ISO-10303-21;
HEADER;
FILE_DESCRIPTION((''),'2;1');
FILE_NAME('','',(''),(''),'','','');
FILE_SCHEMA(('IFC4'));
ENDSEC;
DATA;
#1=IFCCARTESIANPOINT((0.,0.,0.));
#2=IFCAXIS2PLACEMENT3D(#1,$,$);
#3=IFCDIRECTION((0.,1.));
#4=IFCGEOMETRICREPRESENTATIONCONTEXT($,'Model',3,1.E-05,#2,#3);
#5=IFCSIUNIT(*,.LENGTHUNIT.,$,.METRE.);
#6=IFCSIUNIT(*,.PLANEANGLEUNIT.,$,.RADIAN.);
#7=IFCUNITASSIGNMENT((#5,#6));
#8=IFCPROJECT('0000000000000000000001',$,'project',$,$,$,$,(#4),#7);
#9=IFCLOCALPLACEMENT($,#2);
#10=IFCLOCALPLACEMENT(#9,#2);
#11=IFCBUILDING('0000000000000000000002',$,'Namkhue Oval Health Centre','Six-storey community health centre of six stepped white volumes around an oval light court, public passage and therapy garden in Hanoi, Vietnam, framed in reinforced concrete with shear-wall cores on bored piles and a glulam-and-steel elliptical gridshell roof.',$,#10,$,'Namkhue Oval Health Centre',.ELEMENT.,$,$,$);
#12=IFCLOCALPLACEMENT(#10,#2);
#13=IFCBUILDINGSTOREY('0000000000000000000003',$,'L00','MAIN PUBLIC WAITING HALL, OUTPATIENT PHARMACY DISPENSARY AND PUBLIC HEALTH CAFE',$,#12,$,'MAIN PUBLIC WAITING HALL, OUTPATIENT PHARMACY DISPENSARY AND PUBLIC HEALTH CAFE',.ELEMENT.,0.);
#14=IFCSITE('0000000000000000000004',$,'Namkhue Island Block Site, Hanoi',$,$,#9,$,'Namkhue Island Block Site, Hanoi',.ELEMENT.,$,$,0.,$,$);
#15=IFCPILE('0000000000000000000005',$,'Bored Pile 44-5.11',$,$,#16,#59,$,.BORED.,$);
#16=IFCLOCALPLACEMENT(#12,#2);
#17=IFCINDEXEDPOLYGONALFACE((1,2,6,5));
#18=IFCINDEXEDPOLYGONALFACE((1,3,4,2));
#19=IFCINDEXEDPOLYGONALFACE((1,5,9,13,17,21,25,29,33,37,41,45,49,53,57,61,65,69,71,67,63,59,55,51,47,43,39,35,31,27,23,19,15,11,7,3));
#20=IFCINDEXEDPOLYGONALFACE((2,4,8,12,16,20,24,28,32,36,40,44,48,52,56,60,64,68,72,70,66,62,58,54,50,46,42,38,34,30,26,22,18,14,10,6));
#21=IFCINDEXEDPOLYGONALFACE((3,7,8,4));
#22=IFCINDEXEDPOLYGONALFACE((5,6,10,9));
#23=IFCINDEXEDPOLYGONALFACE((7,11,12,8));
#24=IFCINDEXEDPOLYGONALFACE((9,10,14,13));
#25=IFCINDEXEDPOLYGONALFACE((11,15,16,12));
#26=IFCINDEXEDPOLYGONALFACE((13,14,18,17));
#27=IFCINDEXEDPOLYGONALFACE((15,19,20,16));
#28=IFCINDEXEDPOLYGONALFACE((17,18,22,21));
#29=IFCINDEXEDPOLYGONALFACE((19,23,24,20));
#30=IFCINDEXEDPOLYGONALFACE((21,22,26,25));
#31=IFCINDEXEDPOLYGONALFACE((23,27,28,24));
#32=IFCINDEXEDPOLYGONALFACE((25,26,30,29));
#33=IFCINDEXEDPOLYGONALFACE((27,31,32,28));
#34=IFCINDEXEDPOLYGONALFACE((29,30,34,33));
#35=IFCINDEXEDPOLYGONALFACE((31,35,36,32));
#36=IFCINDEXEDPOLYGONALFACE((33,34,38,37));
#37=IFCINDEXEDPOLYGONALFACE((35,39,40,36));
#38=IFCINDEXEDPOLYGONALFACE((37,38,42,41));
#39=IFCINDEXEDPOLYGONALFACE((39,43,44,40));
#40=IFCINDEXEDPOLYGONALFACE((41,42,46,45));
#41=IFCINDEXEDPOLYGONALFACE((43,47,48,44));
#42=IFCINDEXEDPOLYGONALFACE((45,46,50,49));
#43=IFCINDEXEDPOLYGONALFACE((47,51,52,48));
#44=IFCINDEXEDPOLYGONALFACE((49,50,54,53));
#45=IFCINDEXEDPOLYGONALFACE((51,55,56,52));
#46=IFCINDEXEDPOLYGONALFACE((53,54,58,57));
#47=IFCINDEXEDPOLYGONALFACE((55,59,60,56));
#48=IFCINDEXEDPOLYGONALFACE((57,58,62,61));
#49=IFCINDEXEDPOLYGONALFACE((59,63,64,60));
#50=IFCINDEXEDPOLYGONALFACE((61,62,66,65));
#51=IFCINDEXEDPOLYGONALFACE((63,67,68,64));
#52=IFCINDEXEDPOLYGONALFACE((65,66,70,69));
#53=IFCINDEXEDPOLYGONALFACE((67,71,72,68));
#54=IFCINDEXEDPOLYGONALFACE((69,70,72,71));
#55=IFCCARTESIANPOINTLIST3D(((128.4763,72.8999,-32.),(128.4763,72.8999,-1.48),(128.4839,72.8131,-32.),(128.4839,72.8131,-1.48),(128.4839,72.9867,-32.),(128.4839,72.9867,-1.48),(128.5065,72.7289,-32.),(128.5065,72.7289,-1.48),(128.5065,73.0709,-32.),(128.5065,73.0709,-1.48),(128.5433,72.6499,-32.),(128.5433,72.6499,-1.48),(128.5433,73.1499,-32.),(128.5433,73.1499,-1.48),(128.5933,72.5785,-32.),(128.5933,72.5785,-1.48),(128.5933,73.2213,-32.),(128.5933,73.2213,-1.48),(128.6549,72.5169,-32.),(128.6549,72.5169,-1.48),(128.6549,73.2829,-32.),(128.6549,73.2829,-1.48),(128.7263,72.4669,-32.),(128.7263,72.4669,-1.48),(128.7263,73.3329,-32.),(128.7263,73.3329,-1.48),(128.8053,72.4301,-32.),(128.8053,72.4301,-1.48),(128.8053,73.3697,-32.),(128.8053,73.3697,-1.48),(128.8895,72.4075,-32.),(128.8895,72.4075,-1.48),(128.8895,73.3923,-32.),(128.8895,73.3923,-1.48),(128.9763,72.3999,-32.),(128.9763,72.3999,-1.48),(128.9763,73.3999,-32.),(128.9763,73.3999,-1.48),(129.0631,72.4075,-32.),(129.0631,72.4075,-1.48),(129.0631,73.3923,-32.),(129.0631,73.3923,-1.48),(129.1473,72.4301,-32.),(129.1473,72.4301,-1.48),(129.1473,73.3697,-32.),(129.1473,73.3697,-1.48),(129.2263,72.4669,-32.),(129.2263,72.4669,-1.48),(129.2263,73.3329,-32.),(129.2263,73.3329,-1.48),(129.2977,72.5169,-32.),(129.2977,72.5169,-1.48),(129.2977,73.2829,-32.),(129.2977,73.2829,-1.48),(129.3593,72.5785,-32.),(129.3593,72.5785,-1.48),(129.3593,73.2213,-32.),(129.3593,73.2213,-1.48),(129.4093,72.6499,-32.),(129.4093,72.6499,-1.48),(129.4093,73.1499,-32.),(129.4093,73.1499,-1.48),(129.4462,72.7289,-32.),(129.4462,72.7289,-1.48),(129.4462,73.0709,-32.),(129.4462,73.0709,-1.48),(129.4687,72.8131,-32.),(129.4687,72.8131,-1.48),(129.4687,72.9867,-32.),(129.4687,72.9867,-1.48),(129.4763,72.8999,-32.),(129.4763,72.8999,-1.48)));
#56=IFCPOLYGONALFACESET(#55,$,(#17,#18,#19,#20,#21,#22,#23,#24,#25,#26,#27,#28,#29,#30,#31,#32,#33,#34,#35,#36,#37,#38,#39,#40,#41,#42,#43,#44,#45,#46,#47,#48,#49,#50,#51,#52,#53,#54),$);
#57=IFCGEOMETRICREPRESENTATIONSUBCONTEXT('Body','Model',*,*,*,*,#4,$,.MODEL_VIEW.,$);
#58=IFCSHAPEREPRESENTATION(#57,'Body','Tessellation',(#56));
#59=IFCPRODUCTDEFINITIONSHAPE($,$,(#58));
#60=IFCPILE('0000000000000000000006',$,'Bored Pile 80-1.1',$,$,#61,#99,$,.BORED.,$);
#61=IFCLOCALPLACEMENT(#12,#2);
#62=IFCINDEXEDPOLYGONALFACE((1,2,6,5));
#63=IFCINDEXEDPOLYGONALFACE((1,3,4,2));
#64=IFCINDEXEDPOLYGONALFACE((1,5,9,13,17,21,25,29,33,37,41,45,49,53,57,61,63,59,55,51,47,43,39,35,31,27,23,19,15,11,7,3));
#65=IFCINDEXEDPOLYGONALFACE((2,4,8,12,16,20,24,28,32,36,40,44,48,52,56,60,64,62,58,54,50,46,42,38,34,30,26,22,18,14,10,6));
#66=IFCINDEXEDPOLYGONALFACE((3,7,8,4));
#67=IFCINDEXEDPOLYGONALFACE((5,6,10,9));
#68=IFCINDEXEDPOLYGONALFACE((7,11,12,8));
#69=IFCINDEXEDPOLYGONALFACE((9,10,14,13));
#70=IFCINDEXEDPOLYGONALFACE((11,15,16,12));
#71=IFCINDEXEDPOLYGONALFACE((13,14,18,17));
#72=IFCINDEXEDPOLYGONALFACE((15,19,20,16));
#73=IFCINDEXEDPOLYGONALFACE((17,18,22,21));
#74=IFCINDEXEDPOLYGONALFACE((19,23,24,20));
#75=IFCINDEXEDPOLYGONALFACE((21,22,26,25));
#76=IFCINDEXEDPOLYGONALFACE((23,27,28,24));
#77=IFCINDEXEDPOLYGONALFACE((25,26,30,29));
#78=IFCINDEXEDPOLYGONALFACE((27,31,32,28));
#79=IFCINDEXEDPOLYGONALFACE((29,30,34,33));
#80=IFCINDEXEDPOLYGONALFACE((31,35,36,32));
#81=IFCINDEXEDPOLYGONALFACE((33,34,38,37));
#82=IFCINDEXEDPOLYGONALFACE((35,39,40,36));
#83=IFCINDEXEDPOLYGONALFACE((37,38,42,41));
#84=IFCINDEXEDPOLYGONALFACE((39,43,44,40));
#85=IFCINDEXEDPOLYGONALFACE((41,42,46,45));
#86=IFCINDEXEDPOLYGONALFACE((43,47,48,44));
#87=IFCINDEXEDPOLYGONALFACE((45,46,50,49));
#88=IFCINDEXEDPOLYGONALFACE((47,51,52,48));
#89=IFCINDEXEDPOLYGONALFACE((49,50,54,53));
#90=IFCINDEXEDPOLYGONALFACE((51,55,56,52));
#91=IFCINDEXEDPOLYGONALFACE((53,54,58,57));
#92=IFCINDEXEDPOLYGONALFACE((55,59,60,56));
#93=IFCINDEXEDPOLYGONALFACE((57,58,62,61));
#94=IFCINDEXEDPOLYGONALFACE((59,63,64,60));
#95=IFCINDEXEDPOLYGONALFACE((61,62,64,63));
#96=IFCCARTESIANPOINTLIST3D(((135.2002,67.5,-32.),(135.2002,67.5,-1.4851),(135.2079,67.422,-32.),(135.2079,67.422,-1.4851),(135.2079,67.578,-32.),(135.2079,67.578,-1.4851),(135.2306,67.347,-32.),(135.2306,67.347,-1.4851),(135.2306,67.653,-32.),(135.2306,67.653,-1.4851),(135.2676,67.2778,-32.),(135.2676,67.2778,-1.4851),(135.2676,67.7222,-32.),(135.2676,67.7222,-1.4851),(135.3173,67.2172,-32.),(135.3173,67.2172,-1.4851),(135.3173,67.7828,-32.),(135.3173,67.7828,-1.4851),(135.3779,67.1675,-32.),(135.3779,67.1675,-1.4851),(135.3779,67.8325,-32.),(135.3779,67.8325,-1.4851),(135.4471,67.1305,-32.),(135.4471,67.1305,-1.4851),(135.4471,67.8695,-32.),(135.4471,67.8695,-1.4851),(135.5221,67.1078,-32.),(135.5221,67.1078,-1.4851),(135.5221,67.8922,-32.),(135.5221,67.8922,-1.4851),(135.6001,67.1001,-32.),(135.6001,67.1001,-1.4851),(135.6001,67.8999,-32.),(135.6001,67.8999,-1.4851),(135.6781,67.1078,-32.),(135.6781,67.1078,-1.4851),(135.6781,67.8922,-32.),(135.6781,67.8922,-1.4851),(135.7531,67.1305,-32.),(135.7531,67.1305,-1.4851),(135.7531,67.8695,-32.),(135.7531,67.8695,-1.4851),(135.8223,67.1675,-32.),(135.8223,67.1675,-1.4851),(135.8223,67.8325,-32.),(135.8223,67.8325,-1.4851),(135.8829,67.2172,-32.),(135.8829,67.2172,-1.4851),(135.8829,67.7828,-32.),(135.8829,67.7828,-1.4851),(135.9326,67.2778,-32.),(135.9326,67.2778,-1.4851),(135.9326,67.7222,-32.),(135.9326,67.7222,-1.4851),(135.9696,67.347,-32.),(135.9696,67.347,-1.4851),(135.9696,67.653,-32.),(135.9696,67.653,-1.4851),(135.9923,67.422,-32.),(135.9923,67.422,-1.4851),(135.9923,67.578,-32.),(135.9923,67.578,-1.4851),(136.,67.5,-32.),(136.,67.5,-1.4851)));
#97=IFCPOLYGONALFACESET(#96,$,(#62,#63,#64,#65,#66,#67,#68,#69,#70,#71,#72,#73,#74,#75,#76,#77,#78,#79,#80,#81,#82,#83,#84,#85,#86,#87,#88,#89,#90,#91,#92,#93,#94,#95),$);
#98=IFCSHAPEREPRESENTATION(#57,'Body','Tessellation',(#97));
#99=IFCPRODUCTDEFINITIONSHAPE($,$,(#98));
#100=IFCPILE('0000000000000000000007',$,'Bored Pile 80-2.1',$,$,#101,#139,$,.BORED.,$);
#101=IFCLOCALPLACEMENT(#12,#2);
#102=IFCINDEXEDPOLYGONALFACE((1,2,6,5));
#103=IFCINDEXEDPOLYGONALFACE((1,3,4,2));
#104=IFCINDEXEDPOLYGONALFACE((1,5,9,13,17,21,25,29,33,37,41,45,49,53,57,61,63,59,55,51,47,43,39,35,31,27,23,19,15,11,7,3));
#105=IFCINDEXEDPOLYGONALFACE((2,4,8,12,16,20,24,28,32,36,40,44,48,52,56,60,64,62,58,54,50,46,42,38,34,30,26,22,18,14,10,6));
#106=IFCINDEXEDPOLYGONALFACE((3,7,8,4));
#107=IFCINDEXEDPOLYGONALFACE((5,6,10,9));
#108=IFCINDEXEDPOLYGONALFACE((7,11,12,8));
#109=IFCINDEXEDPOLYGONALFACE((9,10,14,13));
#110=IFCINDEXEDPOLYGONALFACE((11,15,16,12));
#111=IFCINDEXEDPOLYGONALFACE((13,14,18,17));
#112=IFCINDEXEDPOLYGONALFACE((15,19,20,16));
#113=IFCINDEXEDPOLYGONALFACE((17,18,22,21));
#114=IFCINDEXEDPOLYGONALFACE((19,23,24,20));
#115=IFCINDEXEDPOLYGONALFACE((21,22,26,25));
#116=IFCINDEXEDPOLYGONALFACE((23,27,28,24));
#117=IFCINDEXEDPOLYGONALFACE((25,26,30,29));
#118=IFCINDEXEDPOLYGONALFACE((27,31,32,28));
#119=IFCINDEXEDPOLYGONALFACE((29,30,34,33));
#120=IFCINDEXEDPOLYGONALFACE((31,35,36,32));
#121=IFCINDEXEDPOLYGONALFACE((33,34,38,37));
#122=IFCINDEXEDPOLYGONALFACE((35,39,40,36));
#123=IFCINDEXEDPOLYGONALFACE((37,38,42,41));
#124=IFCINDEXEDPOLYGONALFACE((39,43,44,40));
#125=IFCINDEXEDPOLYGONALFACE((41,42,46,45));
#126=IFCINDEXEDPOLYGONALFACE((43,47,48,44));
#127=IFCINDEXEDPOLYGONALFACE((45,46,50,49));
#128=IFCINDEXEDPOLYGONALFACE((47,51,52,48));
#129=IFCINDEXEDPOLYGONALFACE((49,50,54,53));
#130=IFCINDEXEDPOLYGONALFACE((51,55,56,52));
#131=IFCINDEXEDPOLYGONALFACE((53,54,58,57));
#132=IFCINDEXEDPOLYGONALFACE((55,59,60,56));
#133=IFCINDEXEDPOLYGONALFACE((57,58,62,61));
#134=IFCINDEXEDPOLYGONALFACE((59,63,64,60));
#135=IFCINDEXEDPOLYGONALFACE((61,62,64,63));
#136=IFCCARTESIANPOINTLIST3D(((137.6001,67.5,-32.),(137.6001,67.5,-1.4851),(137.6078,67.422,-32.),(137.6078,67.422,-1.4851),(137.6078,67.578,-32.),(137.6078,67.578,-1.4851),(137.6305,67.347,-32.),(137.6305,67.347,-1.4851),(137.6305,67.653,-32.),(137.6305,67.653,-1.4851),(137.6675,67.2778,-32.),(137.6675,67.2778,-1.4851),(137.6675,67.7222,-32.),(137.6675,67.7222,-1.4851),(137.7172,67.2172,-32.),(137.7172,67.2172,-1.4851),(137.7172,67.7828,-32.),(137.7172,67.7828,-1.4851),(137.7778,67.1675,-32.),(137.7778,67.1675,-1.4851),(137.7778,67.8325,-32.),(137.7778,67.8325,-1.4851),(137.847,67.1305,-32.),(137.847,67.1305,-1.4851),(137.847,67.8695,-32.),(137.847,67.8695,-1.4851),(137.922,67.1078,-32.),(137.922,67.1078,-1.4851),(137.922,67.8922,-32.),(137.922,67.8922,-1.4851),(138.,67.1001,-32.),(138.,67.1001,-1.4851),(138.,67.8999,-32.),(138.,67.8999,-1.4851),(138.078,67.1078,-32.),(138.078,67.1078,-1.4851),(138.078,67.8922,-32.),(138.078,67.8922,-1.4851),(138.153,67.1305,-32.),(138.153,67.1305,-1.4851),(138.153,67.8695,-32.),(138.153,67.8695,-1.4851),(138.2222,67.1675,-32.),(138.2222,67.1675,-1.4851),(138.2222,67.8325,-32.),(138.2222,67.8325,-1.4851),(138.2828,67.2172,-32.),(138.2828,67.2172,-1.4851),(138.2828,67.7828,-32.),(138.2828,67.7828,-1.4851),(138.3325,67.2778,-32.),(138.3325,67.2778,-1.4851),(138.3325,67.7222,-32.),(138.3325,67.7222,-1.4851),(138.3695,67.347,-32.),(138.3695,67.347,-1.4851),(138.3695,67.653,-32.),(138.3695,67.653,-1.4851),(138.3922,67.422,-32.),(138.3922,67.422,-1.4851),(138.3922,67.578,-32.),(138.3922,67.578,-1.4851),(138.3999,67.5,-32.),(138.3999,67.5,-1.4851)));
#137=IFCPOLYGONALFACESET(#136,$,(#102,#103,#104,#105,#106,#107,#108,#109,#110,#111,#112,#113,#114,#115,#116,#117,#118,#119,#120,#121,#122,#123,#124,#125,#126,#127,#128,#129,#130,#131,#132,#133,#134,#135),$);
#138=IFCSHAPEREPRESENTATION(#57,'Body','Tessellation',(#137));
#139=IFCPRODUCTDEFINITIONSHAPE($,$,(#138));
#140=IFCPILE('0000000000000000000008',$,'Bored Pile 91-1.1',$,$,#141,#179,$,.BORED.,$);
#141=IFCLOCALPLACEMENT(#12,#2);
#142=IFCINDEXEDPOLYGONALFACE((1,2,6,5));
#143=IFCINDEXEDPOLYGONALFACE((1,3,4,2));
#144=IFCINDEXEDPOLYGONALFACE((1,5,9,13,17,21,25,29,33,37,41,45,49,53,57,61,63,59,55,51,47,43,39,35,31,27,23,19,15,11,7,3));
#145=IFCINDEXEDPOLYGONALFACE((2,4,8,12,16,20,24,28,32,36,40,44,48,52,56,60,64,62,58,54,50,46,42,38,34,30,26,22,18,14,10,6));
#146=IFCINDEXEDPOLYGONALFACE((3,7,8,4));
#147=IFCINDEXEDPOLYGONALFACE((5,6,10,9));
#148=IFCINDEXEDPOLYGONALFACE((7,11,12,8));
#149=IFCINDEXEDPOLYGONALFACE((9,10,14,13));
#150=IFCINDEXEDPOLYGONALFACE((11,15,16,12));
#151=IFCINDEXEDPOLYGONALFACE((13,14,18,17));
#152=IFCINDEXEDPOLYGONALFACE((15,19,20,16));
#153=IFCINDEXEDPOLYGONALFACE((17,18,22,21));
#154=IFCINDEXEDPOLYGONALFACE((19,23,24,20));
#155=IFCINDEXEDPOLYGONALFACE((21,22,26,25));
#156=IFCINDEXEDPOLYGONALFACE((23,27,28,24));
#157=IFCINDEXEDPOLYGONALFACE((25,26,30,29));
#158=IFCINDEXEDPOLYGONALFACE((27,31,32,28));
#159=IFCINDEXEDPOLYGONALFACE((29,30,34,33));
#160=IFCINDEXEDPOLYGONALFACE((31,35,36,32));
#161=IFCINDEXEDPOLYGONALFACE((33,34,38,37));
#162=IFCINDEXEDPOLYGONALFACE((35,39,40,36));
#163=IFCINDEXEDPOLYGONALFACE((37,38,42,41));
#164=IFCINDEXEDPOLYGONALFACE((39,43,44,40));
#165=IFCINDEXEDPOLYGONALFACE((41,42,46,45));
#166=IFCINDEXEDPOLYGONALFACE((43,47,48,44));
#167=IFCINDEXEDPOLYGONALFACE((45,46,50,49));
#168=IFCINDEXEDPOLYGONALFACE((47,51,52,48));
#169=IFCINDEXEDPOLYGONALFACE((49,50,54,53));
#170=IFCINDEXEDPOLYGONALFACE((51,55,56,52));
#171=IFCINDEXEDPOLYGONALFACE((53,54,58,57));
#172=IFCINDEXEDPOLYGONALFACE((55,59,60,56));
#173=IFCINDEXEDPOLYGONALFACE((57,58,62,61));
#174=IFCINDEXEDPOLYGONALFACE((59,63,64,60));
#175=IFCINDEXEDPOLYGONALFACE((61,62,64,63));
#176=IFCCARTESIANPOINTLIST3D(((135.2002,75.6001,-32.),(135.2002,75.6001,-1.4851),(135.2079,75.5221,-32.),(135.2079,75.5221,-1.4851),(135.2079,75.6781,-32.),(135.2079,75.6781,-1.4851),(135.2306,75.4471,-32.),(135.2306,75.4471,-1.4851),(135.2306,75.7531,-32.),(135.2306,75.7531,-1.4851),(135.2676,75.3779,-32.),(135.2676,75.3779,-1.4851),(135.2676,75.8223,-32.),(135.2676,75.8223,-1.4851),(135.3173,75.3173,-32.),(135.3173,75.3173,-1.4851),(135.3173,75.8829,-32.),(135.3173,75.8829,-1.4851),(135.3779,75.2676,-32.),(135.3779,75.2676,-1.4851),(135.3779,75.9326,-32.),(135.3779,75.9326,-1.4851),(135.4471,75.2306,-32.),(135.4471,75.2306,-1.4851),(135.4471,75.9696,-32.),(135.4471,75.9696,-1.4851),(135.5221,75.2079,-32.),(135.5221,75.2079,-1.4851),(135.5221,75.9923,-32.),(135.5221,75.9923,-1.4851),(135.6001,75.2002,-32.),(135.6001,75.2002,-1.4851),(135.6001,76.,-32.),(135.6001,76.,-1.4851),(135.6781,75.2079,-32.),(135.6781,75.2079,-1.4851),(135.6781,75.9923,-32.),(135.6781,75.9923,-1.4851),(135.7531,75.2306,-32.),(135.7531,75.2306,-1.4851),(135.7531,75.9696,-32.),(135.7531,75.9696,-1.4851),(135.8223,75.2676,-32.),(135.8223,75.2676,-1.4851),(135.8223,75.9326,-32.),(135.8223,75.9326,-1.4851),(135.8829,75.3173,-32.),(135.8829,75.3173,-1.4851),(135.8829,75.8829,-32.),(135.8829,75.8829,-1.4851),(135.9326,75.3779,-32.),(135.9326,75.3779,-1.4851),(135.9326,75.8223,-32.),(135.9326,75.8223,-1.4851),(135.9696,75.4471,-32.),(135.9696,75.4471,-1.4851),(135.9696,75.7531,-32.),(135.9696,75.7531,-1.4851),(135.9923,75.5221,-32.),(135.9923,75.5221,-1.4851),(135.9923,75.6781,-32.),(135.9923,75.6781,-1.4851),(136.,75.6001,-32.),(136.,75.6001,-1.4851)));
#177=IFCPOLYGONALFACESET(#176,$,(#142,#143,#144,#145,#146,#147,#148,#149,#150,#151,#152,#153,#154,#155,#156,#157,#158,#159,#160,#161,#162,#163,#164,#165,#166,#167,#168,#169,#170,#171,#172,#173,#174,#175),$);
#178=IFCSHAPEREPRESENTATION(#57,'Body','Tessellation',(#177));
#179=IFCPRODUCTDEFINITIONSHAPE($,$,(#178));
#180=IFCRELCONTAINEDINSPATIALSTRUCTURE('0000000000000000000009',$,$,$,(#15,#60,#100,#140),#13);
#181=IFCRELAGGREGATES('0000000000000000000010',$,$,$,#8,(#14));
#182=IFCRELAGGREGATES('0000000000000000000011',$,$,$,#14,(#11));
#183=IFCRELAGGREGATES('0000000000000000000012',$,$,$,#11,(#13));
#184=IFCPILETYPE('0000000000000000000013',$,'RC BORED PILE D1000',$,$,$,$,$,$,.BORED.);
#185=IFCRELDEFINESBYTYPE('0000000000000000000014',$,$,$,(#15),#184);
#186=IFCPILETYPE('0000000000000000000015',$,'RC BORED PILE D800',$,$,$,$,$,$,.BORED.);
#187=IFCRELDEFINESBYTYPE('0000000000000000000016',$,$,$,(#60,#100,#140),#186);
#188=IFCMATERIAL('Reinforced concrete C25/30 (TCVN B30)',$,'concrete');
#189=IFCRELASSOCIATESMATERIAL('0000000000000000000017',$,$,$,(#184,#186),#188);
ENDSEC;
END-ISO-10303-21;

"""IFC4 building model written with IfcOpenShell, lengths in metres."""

from ifc_helpers import new_model, si_unit, direction, frame, origin, origin_2d, place, context, subcontext, project, spatial, circle, extrude, material, material_profile, profile_set, type_object, element, save


model = new_model("IFC4")

# Units and contexts
model_context = context("Model", 3, precision=1e-05, world=origin(), true_north=direction((0.0, 1.0)))
body_context = subcontext(model_context, "Body", "Model", "MODEL_VIEW")
ifc_project = project(units=[si_unit("LENGTHUNIT", "METRE"), si_unit("PLANEANGLEUNIT", "RADIAN")], contexts=[model_context])

# Site, building, storey
site_placement = place(None, origin())
site = spatial("IfcSite", under=ifc_project, at=site_placement, Name="Namkhue Island Block Site, Hanoi", LongName="Namkhue Island Block Site, Hanoi", CompositionType="ELEMENT", RefElevation=0.0)
building_placement = place(site_placement, origin())
building = spatial("IfcBuilding", under=site, at=building_placement, Name="Namkhue Oval Health Centre", Description="Six-storey community health centre of six stepped white volumes around an oval light court, public passage and therapy garden in Hanoi, Vietnam, framed in reinforced concrete with shear-wall cores on bored piles and a glulam-and-steel elliptical gridshell roof.", LongName="Namkhue Oval Health Centre", CompositionType="ELEMENT")
storey_placement = place(building_placement, origin())
storey = spatial("IfcBuildingStorey", under=building, at=storey_placement, Name="L00", Description="MAIN PUBLIC WAITING HALL, OUTPATIENT PHARMACY DISPENSARY AND PUBLIC HEALTH CAFE", LongName="MAIN PUBLIC WAITING HALL, OUTPATIENT PHARMACY DISPENSARY AND PUBLIC HEALTH CAFE", CompositionType="ELEMENT", Elevation=0.0)

# Piles
ifc_material_1 = material(Name="Reinforced concrete C25/30 (TCVN B30)", Category="concrete")
ifc_material_profile_1 = material_profile(ifc_material_1, circle(Radius=0.5, at=origin_2d()), Name="BORED PILE D1000")
ifc_profile_set_1 = profile_set([ifc_material_profile_1], Name="Reinforced concrete C25/30 (TCVN B30)")
pile_type_1 = type_object("IfcPileType", Name="RC BORED PILE D1000", PredefinedType="BORED", material=ifc_profile_set_1)
for number, where, z_axis, x_axis, name in (
    (1, (128.9763, 72.8999, -1.48), (0.0, 0.0, -1.0), (1.0, 0.0, 0.0), "Bored Pile 44-5.11"),
):
    element("IfcPile", number, at=place(storey_placement, frame(where, z_axis=z_axis, x_axis=x_axis)), inside=storey, type_object=pile_type_1, Name=name, PredefinedType="BORED", context=body_context, shape_type="SweptSolid", body=[
        extrude(circle(Radius=0.5, at=origin_2d()), origin(), (0.0, 0.0, 1.0), 30.52),
    ])
ifc_material_profile_2 = material_profile(ifc_material_1, circle(Radius=0.3999, at=origin_2d()), Name="BORED PILE D800")
ifc_profile_set_2 = profile_set([ifc_material_profile_2], Name="Reinforced concrete C25/30 (TCVN B30)")
pile_type_2 = type_object("IfcPileType", Name="RC BORED PILE D800", PredefinedType="BORED", material=ifc_profile_set_2)
for number, where, z_axis, x_axis, name in (
    (2, (135.6001, 67.5, -1.4851), (0.0, 0.0, -1.0), (1.0, 0.0, 0.0), "Bored Pile 80-1.1"),
    (3, (138.0, 67.5, -1.4851), (0.0, 0.0, -1.0), (1.0, 0.0, 0.0), "Bored Pile 80-2.1"),
    (4, (135.6001, 75.6001, -1.4851), (0.0, 0.0, -1.0), (1.0, 0.0, 0.0), "Bored Pile 91-1.1"),
):
    element("IfcPile", number, at=place(storey_placement, frame(where, z_axis=z_axis, x_axis=x_axis)), inside=storey, type_object=pile_type_2, Name=name, PredefinedType="BORED", context=body_context, shape_type="SweptSolid", body=[
        extrude(circle(Radius=0.3999, at=origin_2d()), origin(), (0.0, 0.0, 1.0), 30.5149),
    ])

save(model, "model.ifc")
